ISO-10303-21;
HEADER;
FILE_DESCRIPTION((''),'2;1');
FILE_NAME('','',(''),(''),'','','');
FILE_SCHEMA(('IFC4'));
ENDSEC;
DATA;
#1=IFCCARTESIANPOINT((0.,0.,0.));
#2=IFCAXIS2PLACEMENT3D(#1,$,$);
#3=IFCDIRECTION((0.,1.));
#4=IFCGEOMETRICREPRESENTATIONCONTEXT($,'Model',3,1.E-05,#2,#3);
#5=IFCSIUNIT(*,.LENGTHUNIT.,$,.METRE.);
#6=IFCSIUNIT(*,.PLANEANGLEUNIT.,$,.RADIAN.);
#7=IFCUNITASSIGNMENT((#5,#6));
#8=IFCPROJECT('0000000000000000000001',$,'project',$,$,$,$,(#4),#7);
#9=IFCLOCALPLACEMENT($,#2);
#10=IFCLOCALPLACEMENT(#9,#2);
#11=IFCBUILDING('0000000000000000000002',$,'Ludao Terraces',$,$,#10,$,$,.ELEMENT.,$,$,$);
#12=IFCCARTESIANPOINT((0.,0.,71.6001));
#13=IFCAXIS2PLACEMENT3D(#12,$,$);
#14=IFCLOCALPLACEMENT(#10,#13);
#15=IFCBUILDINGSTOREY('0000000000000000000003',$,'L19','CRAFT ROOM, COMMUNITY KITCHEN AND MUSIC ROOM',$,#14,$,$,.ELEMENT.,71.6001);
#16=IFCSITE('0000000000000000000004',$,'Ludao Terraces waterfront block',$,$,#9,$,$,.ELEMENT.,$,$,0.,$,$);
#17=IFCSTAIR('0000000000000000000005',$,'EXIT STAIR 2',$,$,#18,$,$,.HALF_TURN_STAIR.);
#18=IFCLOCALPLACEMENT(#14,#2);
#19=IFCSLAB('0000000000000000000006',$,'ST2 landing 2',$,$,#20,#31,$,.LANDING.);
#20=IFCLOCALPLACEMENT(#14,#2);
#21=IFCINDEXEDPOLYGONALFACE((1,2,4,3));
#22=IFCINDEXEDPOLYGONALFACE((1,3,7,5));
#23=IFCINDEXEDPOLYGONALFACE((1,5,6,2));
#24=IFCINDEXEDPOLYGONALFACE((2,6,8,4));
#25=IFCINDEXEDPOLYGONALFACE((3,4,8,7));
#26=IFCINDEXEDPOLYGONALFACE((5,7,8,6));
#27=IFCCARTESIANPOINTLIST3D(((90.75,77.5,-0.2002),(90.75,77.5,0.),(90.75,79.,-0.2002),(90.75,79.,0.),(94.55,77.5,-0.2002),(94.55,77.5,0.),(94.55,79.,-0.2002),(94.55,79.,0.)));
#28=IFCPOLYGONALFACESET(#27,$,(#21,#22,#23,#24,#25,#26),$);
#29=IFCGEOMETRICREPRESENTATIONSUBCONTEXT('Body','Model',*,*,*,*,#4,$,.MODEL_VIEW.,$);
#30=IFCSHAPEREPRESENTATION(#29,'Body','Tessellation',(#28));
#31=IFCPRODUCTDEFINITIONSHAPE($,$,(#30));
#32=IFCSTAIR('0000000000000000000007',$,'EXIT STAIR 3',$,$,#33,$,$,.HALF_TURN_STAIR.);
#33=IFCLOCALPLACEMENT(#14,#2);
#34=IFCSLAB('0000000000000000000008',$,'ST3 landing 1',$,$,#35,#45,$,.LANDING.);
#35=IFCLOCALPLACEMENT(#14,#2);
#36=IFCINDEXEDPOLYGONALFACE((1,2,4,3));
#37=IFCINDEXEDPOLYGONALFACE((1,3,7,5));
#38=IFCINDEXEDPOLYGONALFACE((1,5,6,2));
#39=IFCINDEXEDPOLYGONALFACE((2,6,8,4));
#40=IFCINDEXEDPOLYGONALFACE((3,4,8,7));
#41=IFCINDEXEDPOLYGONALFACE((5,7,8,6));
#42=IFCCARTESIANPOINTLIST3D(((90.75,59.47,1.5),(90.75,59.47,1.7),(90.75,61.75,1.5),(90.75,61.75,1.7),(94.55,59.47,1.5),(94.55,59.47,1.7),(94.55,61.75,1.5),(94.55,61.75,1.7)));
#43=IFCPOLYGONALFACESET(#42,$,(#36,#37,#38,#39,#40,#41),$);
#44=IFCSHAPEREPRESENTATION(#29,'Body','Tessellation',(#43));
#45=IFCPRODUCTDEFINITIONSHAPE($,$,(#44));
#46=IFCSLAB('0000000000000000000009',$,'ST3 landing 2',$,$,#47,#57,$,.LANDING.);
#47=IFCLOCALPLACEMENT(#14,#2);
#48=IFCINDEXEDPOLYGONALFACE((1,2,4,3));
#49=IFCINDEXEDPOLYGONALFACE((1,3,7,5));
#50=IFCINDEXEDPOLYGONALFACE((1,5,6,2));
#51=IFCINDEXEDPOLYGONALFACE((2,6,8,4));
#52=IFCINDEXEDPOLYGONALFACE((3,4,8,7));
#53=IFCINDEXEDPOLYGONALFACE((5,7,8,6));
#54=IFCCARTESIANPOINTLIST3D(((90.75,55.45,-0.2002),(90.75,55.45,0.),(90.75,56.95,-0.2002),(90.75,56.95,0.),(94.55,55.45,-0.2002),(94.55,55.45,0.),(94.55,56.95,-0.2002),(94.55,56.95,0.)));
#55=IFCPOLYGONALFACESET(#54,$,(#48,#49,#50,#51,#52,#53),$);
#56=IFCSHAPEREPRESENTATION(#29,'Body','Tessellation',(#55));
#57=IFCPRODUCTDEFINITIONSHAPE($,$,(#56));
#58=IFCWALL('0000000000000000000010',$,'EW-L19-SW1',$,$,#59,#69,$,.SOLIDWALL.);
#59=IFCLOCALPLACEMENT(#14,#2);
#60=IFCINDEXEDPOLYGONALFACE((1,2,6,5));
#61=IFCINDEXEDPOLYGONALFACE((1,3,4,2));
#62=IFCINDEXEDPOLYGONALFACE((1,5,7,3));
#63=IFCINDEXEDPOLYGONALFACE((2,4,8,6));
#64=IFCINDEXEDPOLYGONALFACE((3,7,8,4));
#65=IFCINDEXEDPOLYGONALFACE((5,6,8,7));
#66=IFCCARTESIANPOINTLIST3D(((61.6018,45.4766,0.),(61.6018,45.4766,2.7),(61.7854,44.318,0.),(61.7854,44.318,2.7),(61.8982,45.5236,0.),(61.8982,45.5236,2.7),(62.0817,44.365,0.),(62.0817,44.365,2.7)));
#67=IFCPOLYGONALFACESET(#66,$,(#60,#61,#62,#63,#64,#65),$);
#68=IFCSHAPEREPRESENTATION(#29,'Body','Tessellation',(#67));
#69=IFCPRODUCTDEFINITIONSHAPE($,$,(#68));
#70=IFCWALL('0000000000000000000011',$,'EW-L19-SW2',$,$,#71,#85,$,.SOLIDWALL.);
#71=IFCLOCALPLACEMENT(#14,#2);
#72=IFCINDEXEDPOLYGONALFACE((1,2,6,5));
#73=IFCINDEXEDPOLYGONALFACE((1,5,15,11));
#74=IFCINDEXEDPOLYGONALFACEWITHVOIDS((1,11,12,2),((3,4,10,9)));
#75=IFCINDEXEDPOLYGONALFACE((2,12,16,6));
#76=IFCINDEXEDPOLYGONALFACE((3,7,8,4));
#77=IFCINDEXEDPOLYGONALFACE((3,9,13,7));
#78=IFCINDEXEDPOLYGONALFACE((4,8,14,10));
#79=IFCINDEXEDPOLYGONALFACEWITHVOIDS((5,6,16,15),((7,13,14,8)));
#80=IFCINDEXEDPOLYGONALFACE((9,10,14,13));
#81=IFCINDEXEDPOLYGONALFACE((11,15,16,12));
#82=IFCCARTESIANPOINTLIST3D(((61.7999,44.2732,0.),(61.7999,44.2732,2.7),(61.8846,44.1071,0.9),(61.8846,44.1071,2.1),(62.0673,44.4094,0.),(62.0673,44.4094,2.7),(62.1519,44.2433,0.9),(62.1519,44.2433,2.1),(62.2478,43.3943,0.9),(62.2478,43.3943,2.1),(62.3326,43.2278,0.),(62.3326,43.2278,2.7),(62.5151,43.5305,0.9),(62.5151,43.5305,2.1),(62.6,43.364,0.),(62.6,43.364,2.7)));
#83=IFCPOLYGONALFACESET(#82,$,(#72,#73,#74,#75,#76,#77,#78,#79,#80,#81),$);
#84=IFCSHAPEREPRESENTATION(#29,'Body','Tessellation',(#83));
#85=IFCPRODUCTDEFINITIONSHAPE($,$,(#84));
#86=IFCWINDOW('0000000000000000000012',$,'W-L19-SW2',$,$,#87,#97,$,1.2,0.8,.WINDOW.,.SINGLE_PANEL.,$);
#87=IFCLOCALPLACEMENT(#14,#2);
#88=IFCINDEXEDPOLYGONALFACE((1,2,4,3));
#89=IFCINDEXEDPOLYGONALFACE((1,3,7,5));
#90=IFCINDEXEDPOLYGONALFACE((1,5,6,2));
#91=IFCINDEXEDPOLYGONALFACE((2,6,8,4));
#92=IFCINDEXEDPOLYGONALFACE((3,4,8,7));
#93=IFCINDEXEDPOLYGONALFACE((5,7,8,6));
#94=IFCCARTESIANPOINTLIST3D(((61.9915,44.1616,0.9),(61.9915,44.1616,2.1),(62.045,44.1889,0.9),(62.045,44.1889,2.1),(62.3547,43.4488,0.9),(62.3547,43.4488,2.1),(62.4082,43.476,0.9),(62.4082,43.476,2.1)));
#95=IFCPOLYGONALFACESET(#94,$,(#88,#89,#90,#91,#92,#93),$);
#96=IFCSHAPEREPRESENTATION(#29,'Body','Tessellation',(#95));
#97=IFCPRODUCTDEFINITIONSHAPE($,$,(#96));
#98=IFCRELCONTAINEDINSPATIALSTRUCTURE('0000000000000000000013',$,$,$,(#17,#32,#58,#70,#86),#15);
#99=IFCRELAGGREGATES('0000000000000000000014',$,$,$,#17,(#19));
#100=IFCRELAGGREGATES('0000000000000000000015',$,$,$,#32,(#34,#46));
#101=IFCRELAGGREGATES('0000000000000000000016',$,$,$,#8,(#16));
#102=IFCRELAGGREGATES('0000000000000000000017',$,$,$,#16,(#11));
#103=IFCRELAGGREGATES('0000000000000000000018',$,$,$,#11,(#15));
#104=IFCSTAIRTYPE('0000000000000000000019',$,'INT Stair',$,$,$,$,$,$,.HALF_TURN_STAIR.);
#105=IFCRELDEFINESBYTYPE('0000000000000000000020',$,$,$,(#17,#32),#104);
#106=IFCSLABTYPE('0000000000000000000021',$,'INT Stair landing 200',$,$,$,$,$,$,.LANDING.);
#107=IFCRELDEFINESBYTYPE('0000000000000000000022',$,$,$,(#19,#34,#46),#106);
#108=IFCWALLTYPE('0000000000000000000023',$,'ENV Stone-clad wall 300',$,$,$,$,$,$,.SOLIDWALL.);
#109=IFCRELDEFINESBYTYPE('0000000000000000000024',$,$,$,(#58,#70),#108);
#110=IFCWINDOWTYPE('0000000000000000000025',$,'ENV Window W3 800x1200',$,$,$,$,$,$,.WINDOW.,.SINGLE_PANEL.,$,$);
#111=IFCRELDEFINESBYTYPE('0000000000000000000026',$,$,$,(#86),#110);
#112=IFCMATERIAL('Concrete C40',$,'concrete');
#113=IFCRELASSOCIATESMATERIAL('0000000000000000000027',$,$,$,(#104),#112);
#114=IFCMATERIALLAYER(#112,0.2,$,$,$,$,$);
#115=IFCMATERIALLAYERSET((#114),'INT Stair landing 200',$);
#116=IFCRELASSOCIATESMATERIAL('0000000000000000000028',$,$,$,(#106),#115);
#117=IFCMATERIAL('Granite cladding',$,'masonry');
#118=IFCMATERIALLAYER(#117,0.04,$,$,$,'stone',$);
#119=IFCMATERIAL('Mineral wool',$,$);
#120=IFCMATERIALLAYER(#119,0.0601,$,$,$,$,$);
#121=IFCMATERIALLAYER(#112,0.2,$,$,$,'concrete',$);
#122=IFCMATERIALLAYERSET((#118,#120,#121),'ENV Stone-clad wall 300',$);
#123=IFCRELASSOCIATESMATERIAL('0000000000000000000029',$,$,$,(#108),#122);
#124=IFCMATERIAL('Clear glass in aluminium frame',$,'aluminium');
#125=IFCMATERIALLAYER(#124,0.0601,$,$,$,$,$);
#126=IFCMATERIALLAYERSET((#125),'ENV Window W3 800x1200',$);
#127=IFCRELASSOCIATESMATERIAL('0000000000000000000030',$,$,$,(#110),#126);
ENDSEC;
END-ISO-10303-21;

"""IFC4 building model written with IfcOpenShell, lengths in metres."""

from ifc_helpers import new_model, si_unit, direction, frame, frame_2d, origin, place, context, subcontext, project, spatial, polyline, rectangle, outline, extrude, material, layer, layer_set, type_object, element, fill, aggregate, save


model = new_model("IFC4")

# Units and contexts
model_context = context("Model", 3, precision=1e-05, world=origin(), true_north=direction((0.0, 1.0)))
body_context = subcontext(model_context, "Body", "Model", "MODEL_VIEW")
ifc_project = project(units=[si_unit("LENGTHUNIT", "METRE"), si_unit("PLANEANGLEUNIT", "RADIAN")], contexts=[model_context])

# Site, building, storey
site_placement = place(None, origin())
site = spatial("IfcSite", under=ifc_project, at=site_placement, Name="Ludao Terraces waterfront block", CompositionType="ELEMENT", RefElevation=0.0)
building_placement = place(site_placement, origin())
building = spatial("IfcBuilding", under=site, at=building_placement, Name="Ludao Terraces", CompositionType="ELEMENT")
storey_placement = place(building_placement, frame((0.0, 0.0, 71.6001)))
storey = spatial("IfcBuildingStorey", under=building, at=storey_placement, Name="L19", Description="CRAFT ROOM, COMMUNITY KITCHEN AND MUSIC ROOM", CompositionType="ELEMENT", Elevation=71.6001)

# Shared definitions
ifc_material_1 = material(Name="Concrete C40", Category="concrete")

# Stairs, slabs
stair_type = type_object("IfcStairType", Name="INT Stair", PredefinedType="HALF_TURN_STAIR", material=ifc_material_1)
ifc_layer_1 = layer(ifc_material_1, 0.2)
ifc_layer_set_1 = layer_set([ifc_layer_1], Name="INT Stair landing 200")
slab_type_1 = type_object("IfcSlabType", Name="INT Stair landing 200", PredefinedType="LANDING", material=ifc_layer_set_1)
stair_1_placement = place(storey_placement, origin())
stair_1 = element("IfcStair", 1, at=stair_1_placement, inside=storey, type_object=stair_type, Name="EXIT STAIR 2", PredefinedType="HALF_TURN_STAIR")
slab_1_placement = place(storey_placement, frame((0.0, 0.0, -0.2002)))
slab_1 = element("IfcSlab", 2, at=slab_1_placement, type_object=slab_type_1, Name="ST2 landing 2", PredefinedType="LANDING", context=body_context, shape_type="SweptSolid", body=[
    extrude(outline(polyline([(90.75, 77.5), (94.55, 77.5), (94.55, 79.0), (90.75, 79.0), (90.75, 77.5)])), origin(), (0.0, 0.0, 1.0), 0.2002),
])
aggregate(stair_1, [slab_1])
stair_2_placement = place(storey_placement, origin())
stair_2 = element("IfcStair", 3, at=stair_2_placement, inside=storey, type_object=stair_type, Name="EXIT STAIR 3", PredefinedType="HALF_TURN_STAIR")
slab_2_placement = place(storey_placement, frame((0.0, 0.0, 1.5)))
slab_2 = element("IfcSlab", 4, at=slab_2_placement, type_object=slab_type_1, Name="ST3 landing 1", PredefinedType="LANDING", context=body_context, shape_type="SweptSolid", body=[
    extrude(outline(polyline([(90.75, 59.47), (94.55, 59.47), (94.55, 61.75), (90.75, 61.75), (90.75, 59.47)])), origin(), (0.0, 0.0, 1.0), 0.2),
])
slab_3_placement = place(storey_placement, frame((0.0, 0.0, -0.2002)))
slab_3 = element("IfcSlab", 5, at=slab_3_placement, type_object=slab_type_1, Name="ST3 landing 2", PredefinedType="LANDING", context=body_context, shape_type="SweptSolid", body=[
    extrude(outline(polyline([(90.75, 55.45), (94.55, 55.45), (94.55, 56.95), (90.75, 56.95), (90.75, 55.45)])), origin(), (0.0, 0.0, 1.0), 0.2002),
])
aggregate(stair_2, [slab_2, slab_3])

# Wall
ifc_material_2 = material(Name="Granite cladding", Category="masonry")
ifc_layer_2 = layer(ifc_material_2, 0.04, Category="stone")
ifc_material_3 = material(Name="Mineral wool")
ifc_layer_3 = layer(ifc_material_3, 0.0601)
ifc_layer_4 = layer(ifc_material_1, 0.2, Category="concrete")
ifc_layer_set_2 = layer_set([ifc_layer_2, ifc_layer_3, ifc_layer_4], Name="ENV Stone-clad wall 300")
wall_type = type_object("IfcWallType", Name="ENV Stone-clad wall 300", PredefinedType="SOLIDWALL", material=ifc_layer_set_2)
wall_1_placement = place(storey_placement, frame((61.75, 45.5, 0.0), z_axis=(0.0, 0.0, 1.0), x_axis=(0.156497, -0.987678, 0.0)))
element("IfcWall", 6, at=wall_1_placement, inside=storey, type_object=wall_type, Name="EW-L19-SW1", PredefinedType="SOLIDWALL", context=body_context, shape_type="SweptSolid", body=[
    extrude(rectangle(XDim=1.1731, YDim=0.3, at=frame_2d((0.5864, 0.0))), origin(), (0.0, 0.0, 1.0), 2.7),
])

# Wall, opening, window
wall_2_placement = place(storey_placement, frame((61.9336, 44.3413, 0.0), z_axis=(0.0, 0.0, 1.0), x_axis=(0.454026, -0.890989, 0.0)))
wall_2 = element("IfcWall", 7, at=wall_2_placement, inside=storey, type_object=wall_type, Name="EW-L19-SW2", PredefinedType="SOLIDWALL", context=body_context, shape_type="SweptSolid", body=[
    extrude(rectangle(XDim=1.1733, YDim=0.3, at=frame_2d((0.5867, 0.0))), origin(), (0.0, 0.0, 1.0), 2.7),
])
opening_placement = place(wall_2_placement, frame((0.1865, 0.0, 0.8999)))
opening = element("IfcOpeningElement", 8, at=opening_placement, cuts=wall_2, PredefinedType="OPENING", context=body_context, shape_type="SweptSolid", body=[
    extrude(rectangle(XDim=0.8, YDim=1.2, at=frame_2d((0.3999, 0.6001))), frame((0.0, 0.1602, 0.0), z_axis=(0.0, -1.0, 0.0), x_axis=(1.0, 0.0, 0.0)), (0.0, 0.0, 1.0), 0.3201),
])
ifc_material_4 = material(Name="Clear glass in aluminium frame", Category="aluminium")
ifc_layer_5 = layer(ifc_material_4, 0.0601)
ifc_layer_set_3 = layer_set([ifc_layer_5], Name="ENV Window W3 800x1200")
window_type = type_object("IfcWindowType", Name="ENV Window W3 800x1200", PartitioningType="SINGLE_PANEL", PredefinedType="WINDOW", material=ifc_layer_set_3)
window_placement = place(opening_placement, origin())
window = element("IfcWindow", 9, at=window_placement, inside=storey, type_object=window_type, Name="W-L19-SW2", OverallHeight=1.2, OverallWidth=0.8, PartitioningType="SINGLE_PANEL", PredefinedType="WINDOW", context=body_context, shape_type="SweptSolid", body=[
    extrude(rectangle(XDim=0.8, YDim=1.2, at=frame_2d((0.3999, 0.6001))), frame((0.0, 0.03, 0.0), z_axis=(0.0, -1.0, 0.0), x_axis=(1.0, 0.0, 0.0)), (0.0, 0.0, 1.0), 0.0601),
])
fill(opening, window)

save(model, "model.ifc")
